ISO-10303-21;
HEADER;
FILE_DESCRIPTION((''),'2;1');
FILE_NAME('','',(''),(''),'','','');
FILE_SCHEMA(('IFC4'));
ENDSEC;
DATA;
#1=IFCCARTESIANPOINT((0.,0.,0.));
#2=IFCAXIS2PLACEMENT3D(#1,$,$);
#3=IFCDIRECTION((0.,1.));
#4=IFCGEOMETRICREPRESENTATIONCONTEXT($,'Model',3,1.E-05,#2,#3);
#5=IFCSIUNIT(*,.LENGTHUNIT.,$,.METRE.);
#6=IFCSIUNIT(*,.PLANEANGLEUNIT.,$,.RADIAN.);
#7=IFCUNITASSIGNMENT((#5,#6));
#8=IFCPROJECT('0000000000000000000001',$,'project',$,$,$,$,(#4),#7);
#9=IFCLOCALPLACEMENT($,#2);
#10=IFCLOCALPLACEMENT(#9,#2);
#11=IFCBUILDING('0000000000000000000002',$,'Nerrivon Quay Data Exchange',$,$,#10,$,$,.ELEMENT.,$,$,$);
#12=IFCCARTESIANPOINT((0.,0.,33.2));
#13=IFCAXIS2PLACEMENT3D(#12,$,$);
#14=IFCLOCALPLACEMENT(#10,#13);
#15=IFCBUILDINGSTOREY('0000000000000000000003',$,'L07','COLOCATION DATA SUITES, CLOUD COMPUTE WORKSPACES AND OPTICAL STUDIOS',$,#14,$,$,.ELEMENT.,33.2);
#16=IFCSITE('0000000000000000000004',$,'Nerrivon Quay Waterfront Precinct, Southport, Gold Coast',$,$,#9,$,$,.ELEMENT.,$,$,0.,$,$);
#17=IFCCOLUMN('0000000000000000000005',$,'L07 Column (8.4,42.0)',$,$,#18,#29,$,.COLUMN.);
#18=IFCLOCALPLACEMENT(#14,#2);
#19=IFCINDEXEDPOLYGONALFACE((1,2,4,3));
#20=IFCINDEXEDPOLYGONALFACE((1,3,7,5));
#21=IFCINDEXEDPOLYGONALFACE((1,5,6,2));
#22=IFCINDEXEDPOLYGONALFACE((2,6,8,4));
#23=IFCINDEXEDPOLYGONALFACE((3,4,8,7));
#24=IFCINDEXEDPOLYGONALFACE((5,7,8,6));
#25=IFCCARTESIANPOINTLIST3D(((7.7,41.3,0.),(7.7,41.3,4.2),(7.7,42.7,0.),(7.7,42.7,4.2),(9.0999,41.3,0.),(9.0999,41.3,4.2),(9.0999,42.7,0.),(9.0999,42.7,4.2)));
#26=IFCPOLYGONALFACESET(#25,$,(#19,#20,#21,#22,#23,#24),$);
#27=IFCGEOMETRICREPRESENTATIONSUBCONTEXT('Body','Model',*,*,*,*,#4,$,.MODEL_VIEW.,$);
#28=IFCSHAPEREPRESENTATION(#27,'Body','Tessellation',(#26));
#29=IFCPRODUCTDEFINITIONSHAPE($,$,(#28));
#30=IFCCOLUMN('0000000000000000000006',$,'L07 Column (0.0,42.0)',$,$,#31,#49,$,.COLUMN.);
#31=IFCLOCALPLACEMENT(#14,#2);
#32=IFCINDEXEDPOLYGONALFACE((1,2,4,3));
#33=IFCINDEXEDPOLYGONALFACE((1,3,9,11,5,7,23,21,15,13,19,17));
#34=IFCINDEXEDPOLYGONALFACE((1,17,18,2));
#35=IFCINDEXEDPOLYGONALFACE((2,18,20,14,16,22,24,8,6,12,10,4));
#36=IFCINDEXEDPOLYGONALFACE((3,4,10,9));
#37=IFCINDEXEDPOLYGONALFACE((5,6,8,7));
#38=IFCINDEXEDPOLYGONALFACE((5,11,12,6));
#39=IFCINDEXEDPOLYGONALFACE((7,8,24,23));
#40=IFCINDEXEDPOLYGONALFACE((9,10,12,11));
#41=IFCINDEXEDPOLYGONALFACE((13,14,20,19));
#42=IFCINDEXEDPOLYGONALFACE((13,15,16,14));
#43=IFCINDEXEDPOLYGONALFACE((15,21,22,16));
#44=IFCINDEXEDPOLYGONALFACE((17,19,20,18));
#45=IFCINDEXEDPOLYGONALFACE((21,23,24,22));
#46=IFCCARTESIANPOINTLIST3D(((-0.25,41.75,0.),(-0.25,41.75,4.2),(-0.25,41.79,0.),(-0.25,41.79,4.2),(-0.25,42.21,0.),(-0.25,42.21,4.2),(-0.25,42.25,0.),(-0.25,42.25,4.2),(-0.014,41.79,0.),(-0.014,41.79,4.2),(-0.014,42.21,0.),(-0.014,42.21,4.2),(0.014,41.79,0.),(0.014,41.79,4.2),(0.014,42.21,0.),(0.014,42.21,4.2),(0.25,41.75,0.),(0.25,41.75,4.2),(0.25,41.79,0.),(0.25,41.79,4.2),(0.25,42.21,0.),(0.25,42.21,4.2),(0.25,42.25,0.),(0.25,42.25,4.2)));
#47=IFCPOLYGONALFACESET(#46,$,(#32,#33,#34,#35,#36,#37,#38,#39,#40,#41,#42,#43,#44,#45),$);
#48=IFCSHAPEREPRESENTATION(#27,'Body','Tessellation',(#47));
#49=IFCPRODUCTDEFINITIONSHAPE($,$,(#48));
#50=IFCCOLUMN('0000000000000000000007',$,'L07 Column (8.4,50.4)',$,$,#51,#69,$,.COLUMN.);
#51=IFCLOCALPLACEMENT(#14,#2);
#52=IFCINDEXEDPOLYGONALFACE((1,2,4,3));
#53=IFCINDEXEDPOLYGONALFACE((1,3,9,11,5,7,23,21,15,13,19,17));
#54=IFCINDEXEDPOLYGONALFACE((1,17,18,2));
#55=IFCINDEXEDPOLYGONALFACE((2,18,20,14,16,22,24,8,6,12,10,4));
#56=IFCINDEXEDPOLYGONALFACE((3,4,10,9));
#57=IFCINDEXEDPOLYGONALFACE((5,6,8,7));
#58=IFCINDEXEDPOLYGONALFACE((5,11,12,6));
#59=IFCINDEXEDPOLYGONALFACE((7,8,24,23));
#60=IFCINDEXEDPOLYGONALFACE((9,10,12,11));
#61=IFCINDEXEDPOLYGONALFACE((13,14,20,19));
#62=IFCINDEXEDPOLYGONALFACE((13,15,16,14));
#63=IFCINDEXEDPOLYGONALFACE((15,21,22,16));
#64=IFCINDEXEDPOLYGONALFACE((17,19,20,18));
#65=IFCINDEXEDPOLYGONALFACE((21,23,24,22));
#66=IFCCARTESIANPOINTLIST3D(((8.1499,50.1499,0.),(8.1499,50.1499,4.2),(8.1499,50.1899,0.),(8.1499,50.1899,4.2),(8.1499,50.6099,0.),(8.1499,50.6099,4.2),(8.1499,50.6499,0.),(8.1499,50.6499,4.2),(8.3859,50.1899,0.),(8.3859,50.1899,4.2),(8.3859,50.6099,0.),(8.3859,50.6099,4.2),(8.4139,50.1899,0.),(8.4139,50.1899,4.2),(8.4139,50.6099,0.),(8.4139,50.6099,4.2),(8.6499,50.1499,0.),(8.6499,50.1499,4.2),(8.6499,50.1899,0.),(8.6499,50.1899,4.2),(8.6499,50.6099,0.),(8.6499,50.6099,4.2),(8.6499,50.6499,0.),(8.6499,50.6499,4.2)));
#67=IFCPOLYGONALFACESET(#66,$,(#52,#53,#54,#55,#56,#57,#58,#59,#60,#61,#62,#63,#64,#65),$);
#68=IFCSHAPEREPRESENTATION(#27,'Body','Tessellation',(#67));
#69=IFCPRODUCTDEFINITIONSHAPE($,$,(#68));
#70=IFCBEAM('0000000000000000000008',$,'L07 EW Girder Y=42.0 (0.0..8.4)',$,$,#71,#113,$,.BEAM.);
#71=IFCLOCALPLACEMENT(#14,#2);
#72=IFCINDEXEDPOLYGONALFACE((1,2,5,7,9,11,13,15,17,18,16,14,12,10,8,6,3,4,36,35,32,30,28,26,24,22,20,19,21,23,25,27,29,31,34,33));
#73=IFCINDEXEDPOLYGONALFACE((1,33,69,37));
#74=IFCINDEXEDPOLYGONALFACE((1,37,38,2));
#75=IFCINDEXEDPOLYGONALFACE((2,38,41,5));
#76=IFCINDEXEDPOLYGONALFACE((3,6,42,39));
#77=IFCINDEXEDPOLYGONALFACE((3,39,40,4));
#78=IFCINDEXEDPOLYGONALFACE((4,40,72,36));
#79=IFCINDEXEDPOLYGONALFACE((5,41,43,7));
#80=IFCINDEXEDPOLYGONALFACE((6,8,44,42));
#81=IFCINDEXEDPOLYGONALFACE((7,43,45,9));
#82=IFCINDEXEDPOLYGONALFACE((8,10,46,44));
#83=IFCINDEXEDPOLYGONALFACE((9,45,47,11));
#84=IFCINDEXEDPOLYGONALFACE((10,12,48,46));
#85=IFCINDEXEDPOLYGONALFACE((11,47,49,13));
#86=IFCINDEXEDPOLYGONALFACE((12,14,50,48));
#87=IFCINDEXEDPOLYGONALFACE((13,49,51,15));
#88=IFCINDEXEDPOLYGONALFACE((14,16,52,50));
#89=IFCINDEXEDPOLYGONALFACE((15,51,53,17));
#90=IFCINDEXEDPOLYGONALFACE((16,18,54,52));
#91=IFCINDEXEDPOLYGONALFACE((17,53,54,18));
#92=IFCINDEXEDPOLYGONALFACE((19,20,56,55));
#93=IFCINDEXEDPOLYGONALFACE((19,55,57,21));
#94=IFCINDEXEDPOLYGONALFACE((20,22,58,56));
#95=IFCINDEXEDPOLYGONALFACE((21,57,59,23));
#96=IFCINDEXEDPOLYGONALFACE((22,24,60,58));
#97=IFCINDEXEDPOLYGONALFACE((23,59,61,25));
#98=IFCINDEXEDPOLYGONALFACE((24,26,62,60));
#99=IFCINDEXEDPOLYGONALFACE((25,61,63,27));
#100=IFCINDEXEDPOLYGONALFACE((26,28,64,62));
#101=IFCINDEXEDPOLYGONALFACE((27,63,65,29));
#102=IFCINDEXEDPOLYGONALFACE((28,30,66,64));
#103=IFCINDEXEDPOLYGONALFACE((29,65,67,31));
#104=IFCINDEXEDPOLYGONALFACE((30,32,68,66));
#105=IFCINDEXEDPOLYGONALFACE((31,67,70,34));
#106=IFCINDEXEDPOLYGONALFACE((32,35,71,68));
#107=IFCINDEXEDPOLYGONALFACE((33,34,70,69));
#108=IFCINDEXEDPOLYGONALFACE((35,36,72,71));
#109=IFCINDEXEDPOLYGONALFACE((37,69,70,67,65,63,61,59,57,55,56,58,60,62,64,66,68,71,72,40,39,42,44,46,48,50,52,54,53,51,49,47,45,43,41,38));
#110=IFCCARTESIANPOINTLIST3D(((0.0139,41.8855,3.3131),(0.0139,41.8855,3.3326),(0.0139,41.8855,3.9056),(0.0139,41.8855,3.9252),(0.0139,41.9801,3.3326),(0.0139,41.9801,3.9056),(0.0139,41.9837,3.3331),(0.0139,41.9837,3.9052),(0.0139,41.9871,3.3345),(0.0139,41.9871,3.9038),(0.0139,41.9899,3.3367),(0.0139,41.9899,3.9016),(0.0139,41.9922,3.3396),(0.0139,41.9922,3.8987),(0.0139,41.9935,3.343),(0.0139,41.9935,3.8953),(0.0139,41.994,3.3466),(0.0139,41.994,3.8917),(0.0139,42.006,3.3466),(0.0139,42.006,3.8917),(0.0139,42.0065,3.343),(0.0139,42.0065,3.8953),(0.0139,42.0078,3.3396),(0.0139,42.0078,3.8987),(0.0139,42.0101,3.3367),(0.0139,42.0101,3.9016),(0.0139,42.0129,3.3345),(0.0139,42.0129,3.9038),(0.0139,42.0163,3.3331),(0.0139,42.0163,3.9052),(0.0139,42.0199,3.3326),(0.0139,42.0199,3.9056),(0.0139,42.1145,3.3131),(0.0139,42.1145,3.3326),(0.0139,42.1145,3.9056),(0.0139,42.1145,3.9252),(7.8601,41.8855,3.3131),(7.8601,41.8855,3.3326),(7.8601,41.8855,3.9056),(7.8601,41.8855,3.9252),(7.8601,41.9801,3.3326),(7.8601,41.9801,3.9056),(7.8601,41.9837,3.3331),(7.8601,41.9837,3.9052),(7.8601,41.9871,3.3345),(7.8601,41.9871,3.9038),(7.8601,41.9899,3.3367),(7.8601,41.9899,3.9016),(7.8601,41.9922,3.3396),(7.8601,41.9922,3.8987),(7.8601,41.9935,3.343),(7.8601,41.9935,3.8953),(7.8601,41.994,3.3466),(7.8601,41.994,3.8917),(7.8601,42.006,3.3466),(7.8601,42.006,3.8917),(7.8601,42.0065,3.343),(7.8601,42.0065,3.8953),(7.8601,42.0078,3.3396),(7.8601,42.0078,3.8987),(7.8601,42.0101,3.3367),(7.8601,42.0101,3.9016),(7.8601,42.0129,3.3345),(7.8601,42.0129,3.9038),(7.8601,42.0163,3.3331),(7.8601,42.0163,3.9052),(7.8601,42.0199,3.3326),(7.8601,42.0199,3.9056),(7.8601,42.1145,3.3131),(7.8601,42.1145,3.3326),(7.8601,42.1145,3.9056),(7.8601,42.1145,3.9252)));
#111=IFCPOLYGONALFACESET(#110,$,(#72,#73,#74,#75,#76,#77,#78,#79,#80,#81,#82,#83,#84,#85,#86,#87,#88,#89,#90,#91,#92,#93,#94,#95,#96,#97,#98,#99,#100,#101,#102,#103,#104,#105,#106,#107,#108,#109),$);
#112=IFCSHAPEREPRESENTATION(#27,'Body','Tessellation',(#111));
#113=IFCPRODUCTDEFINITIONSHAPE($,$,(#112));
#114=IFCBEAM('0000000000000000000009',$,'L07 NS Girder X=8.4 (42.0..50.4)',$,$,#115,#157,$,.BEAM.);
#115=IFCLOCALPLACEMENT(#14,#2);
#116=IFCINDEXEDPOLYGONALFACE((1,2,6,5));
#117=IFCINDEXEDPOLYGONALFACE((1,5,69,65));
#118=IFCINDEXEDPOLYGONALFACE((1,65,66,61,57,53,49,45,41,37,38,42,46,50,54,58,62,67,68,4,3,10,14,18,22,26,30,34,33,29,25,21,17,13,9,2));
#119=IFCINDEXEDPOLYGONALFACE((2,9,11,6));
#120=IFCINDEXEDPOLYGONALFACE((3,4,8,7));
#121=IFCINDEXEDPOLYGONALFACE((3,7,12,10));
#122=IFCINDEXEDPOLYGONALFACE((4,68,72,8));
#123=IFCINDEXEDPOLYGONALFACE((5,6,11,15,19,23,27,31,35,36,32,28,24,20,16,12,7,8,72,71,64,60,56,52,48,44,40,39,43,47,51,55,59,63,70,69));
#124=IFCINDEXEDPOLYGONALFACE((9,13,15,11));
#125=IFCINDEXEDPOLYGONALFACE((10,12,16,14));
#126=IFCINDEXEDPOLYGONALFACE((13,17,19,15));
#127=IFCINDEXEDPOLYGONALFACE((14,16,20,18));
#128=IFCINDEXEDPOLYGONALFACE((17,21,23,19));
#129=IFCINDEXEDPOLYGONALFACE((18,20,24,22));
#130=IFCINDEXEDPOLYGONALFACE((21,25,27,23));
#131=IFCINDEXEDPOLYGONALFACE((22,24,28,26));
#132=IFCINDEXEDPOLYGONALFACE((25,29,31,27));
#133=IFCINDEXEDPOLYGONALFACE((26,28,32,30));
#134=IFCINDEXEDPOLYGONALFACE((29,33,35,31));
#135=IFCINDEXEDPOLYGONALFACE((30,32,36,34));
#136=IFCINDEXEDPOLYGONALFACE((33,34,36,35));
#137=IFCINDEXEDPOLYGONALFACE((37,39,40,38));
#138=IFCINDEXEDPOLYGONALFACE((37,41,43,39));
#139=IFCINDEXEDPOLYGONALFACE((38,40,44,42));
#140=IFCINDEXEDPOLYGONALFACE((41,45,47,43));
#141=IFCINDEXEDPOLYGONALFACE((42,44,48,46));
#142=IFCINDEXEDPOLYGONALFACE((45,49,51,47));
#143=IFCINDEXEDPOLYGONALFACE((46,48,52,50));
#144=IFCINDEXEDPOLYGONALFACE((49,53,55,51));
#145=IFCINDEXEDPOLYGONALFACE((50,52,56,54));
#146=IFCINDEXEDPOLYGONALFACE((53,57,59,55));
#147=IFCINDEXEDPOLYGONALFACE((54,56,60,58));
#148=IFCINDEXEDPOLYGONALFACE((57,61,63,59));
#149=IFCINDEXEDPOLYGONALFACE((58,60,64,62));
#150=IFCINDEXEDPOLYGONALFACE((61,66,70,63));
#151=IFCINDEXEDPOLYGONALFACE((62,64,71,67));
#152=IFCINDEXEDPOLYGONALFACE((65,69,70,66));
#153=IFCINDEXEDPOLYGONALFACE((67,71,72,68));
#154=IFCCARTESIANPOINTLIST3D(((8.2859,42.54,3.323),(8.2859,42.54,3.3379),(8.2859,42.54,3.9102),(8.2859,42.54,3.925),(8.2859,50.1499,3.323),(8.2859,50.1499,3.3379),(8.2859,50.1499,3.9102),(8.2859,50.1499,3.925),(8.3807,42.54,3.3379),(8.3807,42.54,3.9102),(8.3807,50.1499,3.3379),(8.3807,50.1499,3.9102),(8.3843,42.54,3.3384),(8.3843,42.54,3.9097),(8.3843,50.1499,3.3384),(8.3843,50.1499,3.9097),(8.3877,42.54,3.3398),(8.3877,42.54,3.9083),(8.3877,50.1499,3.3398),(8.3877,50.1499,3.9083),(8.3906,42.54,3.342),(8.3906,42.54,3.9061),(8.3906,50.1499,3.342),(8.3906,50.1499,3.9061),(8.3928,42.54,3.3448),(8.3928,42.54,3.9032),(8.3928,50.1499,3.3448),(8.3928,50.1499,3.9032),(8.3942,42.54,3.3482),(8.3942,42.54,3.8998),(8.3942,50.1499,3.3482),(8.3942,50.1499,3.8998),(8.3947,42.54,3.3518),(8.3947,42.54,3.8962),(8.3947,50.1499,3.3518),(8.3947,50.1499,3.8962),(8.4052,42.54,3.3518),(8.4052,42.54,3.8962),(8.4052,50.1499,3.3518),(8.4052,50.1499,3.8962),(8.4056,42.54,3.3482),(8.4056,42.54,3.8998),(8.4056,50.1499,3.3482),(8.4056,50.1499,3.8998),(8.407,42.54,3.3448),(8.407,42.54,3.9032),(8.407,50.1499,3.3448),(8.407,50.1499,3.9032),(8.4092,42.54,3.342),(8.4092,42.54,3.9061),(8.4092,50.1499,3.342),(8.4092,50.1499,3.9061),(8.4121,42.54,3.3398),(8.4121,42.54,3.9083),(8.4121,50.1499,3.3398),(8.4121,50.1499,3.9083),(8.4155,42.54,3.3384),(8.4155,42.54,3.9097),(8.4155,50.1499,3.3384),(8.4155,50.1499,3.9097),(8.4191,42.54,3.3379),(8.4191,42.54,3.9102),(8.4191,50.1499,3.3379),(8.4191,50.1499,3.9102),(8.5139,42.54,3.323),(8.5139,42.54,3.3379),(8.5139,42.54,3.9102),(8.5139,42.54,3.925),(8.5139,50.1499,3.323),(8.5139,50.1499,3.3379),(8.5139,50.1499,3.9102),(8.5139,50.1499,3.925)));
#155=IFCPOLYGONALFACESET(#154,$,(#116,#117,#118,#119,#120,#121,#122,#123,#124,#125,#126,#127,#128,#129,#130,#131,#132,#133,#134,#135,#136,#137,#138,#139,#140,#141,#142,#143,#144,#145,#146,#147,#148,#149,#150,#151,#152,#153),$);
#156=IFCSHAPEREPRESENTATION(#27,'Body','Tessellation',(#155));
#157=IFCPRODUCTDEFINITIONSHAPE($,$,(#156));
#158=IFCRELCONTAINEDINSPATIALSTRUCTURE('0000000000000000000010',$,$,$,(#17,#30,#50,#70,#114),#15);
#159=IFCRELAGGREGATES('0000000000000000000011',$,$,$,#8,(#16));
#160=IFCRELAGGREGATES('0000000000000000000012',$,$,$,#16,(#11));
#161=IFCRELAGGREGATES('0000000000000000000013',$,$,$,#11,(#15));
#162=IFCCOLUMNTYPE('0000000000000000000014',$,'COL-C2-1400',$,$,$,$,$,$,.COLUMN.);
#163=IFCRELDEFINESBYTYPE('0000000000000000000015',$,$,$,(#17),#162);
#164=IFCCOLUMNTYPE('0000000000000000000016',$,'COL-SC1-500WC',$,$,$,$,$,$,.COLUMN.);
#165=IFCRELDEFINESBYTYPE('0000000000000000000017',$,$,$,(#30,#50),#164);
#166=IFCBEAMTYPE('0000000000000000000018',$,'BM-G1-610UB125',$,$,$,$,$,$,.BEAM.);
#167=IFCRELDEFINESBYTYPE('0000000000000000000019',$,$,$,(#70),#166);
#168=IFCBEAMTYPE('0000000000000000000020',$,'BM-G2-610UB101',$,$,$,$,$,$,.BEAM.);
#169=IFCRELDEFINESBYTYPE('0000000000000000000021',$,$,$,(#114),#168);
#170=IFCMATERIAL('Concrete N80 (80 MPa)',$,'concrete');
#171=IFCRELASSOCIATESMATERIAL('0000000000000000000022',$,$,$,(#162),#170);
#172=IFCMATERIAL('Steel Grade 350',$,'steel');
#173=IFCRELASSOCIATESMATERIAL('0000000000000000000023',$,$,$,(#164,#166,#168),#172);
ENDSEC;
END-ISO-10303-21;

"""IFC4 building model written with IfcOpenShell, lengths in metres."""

from ifc_helpers import new_model, si_unit, direction, frame, origin, origin_2d, place, context, subcontext, project, spatial, rectangle, i_section, extrude, material, material_profile, profile_set, type_object, element, save


model = new_model("IFC4")

# Units and contexts
model_context = context("Model", 3, precision=1e-05, world=origin(), true_north=direction((0.0, 1.0)))
body_context = subcontext(model_context, "Body", "Model", "MODEL_VIEW")
ifc_project = project(units=[si_unit("LENGTHUNIT", "METRE"), si_unit("PLANEANGLEUNIT", "RADIAN")], contexts=[model_context])

# Site, building, storey
site_placement = place(None, origin())
site = spatial("IfcSite", under=ifc_project, at=site_placement, Name="Nerrivon Quay Waterfront Precinct, Southport, Gold Coast", CompositionType="ELEMENT", RefElevation=0.0)
building_placement = place(site_placement, origin())
building = spatial("IfcBuilding", under=site, at=building_placement, Name="Nerrivon Quay Data Exchange", CompositionType="ELEMENT")
storey_placement = place(building_placement, frame((0.0, 0.0, 33.2)))
storey = spatial("IfcBuildingStorey", under=building, at=storey_placement, Name="L07", Description="COLOCATION DATA SUITES, CLOUD COMPUTE WORKSPACES AND OPTICAL STUDIOS", CompositionType="ELEMENT", Elevation=33.2)

# Columns
ifc_material_1 = material(Name="Concrete N80 (80 MPa)", Category="concrete")
ifc_material_profile_1 = material_profile(ifc_material_1, rectangle(XDim=1.3999, YDim=1.3999, at=origin_2d()), Name="RC-COL-1400x1400")
ifc_profile_set_1 = profile_set([ifc_material_profile_1], Name="Concrete N80 (80 MPa)")
column_type_1 = type_object("IfcColumnType", Name="COL-C2-1400", PredefinedType="COLUMN", material=ifc_profile_set_1)
column_placement = place(storey_placement, frame((8.3999, 42.0, 0.0), z_axis=(0.0, 0.0, 1.0), x_axis=(1.0, 0.0, 0.0)))
element("IfcColumn", 1, at=column_placement, inside=storey, type_object=column_type_1, Name="L07 Column (8.4,42.0)", PredefinedType="COLUMN", context=body_context, shape_type="SweptSolid", body=[
    extrude(rectangle(XDim=1.3999, YDim=1.3999, at=origin_2d()), origin(), (0.0, 0.0, 1.0), 4.2),
])
ifc_material_2 = material(Name="Steel Grade 350", Category="steel")
ifc_material_profile_2 = material_profile(ifc_material_2, i_section(OverallWidth=0.5, OverallDepth=0.5, WebThickness=0.0281, FlangeThickness=0.04, at=origin_2d()), Name="500WC440")
ifc_profile_set_2 = profile_set([ifc_material_profile_2], Name="Steel Grade 350")
column_type_2 = type_object("IfcColumnType", Name="COL-SC1-500WC", PredefinedType="COLUMN", material=ifc_profile_set_2)
for number, where, z_axis, x_axis, name in (
    (2, (0.0, 42.0, 0.0), (0.0, 0.0, 1.0), (1.0, 0.0, 0.0), "L07 Column (0.0,42.0)"),
    (3, (8.3999, 50.3999, 0.0), (0.0, 0.0, 1.0), (1.0, 0.0, 0.0), "L07 Column (8.4,50.4)"),
):
    element("IfcColumn", number, at=place(storey_placement, frame(where, z_axis=z_axis, x_axis=x_axis)), inside=storey, type_object=column_type_2, Name=name, PredefinedType="COLUMN", context=body_context, shape_type="SweptSolid", body=[
        extrude(i_section(OverallWidth=0.5, OverallDepth=0.5, WebThickness=0.0281, FlangeThickness=0.04, at=origin_2d()), origin(), (0.0, 0.0, 1.0), 4.2),
    ])

# Beams
ifc_material_profile_3 = material_profile(ifc_material_2, i_section(OverallWidth=0.229, OverallDepth=0.6121, WebThickness=0.012, FlangeThickness=0.0195, FilletRadius=0.0139, at=origin_2d()), Name="610UB125")
ifc_profile_set_3 = profile_set([ifc_material_profile_3], Name="Steel Grade 350")
beam_type_1 = type_object("IfcBeamType", Name="BM-G1-610UB125", PredefinedType="BEAM", material=ifc_profile_set_3)
beam_1_placement = place(storey_placement, frame((0.0139, 42.0, 3.6191), z_axis=(1.0, 0.0, 0.0), x_axis=(0.0, 1.0, 0.0)))
element("IfcBeam", 4, at=beam_1_placement, inside=storey, type_object=beam_type_1, Name="L07 EW Girder Y=42.0 (0.0..8.4)", PredefinedType="BEAM", context=body_context, shape_type="SweptSolid", body=[
    extrude(i_section(OverallWidth=0.229, OverallDepth=0.6121, WebThickness=0.012, FlangeThickness=0.0195, FilletRadius=0.0139, at=origin_2d()), origin(), (0.0, 0.0, 1.0), 7.8462),
])
ifc_material_profile_4 = material_profile(ifc_material_2, i_section(OverallWidth=0.228, OverallDepth=0.6021, WebThickness=0.0105, FlangeThickness=0.0149, FilletRadius=0.0139, at=origin_2d()), Name="610UB101")
ifc_profile_set_4 = profile_set([ifc_material_profile_4], Name="Steel Grade 350")
beam_type_2 = type_object("IfcBeamType", Name="BM-G2-610UB101", PredefinedType="BEAM", material=ifc_profile_set_4)
beam_2_placement = place(storey_placement, frame((8.3999, 42.54, 3.624), z_axis=(0.0, 1.0, 0.0), x_axis=(-1.0, 0.0, 0.0)))
element("IfcBeam", 5, at=beam_2_placement, inside=storey, type_object=beam_type_2, Name="L07 NS Girder X=8.4 (42.0..50.4)", PredefinedType="BEAM", context=body_context, shape_type="SweptSolid", body=[
    extrude(i_section(OverallWidth=0.228, OverallDepth=0.6021, WebThickness=0.0105, FlangeThickness=0.0149, FilletRadius=0.0139, at=origin_2d()), origin(), (0.0, 0.0, 1.0), 7.6099),
])

save(model, "model.ifc")
